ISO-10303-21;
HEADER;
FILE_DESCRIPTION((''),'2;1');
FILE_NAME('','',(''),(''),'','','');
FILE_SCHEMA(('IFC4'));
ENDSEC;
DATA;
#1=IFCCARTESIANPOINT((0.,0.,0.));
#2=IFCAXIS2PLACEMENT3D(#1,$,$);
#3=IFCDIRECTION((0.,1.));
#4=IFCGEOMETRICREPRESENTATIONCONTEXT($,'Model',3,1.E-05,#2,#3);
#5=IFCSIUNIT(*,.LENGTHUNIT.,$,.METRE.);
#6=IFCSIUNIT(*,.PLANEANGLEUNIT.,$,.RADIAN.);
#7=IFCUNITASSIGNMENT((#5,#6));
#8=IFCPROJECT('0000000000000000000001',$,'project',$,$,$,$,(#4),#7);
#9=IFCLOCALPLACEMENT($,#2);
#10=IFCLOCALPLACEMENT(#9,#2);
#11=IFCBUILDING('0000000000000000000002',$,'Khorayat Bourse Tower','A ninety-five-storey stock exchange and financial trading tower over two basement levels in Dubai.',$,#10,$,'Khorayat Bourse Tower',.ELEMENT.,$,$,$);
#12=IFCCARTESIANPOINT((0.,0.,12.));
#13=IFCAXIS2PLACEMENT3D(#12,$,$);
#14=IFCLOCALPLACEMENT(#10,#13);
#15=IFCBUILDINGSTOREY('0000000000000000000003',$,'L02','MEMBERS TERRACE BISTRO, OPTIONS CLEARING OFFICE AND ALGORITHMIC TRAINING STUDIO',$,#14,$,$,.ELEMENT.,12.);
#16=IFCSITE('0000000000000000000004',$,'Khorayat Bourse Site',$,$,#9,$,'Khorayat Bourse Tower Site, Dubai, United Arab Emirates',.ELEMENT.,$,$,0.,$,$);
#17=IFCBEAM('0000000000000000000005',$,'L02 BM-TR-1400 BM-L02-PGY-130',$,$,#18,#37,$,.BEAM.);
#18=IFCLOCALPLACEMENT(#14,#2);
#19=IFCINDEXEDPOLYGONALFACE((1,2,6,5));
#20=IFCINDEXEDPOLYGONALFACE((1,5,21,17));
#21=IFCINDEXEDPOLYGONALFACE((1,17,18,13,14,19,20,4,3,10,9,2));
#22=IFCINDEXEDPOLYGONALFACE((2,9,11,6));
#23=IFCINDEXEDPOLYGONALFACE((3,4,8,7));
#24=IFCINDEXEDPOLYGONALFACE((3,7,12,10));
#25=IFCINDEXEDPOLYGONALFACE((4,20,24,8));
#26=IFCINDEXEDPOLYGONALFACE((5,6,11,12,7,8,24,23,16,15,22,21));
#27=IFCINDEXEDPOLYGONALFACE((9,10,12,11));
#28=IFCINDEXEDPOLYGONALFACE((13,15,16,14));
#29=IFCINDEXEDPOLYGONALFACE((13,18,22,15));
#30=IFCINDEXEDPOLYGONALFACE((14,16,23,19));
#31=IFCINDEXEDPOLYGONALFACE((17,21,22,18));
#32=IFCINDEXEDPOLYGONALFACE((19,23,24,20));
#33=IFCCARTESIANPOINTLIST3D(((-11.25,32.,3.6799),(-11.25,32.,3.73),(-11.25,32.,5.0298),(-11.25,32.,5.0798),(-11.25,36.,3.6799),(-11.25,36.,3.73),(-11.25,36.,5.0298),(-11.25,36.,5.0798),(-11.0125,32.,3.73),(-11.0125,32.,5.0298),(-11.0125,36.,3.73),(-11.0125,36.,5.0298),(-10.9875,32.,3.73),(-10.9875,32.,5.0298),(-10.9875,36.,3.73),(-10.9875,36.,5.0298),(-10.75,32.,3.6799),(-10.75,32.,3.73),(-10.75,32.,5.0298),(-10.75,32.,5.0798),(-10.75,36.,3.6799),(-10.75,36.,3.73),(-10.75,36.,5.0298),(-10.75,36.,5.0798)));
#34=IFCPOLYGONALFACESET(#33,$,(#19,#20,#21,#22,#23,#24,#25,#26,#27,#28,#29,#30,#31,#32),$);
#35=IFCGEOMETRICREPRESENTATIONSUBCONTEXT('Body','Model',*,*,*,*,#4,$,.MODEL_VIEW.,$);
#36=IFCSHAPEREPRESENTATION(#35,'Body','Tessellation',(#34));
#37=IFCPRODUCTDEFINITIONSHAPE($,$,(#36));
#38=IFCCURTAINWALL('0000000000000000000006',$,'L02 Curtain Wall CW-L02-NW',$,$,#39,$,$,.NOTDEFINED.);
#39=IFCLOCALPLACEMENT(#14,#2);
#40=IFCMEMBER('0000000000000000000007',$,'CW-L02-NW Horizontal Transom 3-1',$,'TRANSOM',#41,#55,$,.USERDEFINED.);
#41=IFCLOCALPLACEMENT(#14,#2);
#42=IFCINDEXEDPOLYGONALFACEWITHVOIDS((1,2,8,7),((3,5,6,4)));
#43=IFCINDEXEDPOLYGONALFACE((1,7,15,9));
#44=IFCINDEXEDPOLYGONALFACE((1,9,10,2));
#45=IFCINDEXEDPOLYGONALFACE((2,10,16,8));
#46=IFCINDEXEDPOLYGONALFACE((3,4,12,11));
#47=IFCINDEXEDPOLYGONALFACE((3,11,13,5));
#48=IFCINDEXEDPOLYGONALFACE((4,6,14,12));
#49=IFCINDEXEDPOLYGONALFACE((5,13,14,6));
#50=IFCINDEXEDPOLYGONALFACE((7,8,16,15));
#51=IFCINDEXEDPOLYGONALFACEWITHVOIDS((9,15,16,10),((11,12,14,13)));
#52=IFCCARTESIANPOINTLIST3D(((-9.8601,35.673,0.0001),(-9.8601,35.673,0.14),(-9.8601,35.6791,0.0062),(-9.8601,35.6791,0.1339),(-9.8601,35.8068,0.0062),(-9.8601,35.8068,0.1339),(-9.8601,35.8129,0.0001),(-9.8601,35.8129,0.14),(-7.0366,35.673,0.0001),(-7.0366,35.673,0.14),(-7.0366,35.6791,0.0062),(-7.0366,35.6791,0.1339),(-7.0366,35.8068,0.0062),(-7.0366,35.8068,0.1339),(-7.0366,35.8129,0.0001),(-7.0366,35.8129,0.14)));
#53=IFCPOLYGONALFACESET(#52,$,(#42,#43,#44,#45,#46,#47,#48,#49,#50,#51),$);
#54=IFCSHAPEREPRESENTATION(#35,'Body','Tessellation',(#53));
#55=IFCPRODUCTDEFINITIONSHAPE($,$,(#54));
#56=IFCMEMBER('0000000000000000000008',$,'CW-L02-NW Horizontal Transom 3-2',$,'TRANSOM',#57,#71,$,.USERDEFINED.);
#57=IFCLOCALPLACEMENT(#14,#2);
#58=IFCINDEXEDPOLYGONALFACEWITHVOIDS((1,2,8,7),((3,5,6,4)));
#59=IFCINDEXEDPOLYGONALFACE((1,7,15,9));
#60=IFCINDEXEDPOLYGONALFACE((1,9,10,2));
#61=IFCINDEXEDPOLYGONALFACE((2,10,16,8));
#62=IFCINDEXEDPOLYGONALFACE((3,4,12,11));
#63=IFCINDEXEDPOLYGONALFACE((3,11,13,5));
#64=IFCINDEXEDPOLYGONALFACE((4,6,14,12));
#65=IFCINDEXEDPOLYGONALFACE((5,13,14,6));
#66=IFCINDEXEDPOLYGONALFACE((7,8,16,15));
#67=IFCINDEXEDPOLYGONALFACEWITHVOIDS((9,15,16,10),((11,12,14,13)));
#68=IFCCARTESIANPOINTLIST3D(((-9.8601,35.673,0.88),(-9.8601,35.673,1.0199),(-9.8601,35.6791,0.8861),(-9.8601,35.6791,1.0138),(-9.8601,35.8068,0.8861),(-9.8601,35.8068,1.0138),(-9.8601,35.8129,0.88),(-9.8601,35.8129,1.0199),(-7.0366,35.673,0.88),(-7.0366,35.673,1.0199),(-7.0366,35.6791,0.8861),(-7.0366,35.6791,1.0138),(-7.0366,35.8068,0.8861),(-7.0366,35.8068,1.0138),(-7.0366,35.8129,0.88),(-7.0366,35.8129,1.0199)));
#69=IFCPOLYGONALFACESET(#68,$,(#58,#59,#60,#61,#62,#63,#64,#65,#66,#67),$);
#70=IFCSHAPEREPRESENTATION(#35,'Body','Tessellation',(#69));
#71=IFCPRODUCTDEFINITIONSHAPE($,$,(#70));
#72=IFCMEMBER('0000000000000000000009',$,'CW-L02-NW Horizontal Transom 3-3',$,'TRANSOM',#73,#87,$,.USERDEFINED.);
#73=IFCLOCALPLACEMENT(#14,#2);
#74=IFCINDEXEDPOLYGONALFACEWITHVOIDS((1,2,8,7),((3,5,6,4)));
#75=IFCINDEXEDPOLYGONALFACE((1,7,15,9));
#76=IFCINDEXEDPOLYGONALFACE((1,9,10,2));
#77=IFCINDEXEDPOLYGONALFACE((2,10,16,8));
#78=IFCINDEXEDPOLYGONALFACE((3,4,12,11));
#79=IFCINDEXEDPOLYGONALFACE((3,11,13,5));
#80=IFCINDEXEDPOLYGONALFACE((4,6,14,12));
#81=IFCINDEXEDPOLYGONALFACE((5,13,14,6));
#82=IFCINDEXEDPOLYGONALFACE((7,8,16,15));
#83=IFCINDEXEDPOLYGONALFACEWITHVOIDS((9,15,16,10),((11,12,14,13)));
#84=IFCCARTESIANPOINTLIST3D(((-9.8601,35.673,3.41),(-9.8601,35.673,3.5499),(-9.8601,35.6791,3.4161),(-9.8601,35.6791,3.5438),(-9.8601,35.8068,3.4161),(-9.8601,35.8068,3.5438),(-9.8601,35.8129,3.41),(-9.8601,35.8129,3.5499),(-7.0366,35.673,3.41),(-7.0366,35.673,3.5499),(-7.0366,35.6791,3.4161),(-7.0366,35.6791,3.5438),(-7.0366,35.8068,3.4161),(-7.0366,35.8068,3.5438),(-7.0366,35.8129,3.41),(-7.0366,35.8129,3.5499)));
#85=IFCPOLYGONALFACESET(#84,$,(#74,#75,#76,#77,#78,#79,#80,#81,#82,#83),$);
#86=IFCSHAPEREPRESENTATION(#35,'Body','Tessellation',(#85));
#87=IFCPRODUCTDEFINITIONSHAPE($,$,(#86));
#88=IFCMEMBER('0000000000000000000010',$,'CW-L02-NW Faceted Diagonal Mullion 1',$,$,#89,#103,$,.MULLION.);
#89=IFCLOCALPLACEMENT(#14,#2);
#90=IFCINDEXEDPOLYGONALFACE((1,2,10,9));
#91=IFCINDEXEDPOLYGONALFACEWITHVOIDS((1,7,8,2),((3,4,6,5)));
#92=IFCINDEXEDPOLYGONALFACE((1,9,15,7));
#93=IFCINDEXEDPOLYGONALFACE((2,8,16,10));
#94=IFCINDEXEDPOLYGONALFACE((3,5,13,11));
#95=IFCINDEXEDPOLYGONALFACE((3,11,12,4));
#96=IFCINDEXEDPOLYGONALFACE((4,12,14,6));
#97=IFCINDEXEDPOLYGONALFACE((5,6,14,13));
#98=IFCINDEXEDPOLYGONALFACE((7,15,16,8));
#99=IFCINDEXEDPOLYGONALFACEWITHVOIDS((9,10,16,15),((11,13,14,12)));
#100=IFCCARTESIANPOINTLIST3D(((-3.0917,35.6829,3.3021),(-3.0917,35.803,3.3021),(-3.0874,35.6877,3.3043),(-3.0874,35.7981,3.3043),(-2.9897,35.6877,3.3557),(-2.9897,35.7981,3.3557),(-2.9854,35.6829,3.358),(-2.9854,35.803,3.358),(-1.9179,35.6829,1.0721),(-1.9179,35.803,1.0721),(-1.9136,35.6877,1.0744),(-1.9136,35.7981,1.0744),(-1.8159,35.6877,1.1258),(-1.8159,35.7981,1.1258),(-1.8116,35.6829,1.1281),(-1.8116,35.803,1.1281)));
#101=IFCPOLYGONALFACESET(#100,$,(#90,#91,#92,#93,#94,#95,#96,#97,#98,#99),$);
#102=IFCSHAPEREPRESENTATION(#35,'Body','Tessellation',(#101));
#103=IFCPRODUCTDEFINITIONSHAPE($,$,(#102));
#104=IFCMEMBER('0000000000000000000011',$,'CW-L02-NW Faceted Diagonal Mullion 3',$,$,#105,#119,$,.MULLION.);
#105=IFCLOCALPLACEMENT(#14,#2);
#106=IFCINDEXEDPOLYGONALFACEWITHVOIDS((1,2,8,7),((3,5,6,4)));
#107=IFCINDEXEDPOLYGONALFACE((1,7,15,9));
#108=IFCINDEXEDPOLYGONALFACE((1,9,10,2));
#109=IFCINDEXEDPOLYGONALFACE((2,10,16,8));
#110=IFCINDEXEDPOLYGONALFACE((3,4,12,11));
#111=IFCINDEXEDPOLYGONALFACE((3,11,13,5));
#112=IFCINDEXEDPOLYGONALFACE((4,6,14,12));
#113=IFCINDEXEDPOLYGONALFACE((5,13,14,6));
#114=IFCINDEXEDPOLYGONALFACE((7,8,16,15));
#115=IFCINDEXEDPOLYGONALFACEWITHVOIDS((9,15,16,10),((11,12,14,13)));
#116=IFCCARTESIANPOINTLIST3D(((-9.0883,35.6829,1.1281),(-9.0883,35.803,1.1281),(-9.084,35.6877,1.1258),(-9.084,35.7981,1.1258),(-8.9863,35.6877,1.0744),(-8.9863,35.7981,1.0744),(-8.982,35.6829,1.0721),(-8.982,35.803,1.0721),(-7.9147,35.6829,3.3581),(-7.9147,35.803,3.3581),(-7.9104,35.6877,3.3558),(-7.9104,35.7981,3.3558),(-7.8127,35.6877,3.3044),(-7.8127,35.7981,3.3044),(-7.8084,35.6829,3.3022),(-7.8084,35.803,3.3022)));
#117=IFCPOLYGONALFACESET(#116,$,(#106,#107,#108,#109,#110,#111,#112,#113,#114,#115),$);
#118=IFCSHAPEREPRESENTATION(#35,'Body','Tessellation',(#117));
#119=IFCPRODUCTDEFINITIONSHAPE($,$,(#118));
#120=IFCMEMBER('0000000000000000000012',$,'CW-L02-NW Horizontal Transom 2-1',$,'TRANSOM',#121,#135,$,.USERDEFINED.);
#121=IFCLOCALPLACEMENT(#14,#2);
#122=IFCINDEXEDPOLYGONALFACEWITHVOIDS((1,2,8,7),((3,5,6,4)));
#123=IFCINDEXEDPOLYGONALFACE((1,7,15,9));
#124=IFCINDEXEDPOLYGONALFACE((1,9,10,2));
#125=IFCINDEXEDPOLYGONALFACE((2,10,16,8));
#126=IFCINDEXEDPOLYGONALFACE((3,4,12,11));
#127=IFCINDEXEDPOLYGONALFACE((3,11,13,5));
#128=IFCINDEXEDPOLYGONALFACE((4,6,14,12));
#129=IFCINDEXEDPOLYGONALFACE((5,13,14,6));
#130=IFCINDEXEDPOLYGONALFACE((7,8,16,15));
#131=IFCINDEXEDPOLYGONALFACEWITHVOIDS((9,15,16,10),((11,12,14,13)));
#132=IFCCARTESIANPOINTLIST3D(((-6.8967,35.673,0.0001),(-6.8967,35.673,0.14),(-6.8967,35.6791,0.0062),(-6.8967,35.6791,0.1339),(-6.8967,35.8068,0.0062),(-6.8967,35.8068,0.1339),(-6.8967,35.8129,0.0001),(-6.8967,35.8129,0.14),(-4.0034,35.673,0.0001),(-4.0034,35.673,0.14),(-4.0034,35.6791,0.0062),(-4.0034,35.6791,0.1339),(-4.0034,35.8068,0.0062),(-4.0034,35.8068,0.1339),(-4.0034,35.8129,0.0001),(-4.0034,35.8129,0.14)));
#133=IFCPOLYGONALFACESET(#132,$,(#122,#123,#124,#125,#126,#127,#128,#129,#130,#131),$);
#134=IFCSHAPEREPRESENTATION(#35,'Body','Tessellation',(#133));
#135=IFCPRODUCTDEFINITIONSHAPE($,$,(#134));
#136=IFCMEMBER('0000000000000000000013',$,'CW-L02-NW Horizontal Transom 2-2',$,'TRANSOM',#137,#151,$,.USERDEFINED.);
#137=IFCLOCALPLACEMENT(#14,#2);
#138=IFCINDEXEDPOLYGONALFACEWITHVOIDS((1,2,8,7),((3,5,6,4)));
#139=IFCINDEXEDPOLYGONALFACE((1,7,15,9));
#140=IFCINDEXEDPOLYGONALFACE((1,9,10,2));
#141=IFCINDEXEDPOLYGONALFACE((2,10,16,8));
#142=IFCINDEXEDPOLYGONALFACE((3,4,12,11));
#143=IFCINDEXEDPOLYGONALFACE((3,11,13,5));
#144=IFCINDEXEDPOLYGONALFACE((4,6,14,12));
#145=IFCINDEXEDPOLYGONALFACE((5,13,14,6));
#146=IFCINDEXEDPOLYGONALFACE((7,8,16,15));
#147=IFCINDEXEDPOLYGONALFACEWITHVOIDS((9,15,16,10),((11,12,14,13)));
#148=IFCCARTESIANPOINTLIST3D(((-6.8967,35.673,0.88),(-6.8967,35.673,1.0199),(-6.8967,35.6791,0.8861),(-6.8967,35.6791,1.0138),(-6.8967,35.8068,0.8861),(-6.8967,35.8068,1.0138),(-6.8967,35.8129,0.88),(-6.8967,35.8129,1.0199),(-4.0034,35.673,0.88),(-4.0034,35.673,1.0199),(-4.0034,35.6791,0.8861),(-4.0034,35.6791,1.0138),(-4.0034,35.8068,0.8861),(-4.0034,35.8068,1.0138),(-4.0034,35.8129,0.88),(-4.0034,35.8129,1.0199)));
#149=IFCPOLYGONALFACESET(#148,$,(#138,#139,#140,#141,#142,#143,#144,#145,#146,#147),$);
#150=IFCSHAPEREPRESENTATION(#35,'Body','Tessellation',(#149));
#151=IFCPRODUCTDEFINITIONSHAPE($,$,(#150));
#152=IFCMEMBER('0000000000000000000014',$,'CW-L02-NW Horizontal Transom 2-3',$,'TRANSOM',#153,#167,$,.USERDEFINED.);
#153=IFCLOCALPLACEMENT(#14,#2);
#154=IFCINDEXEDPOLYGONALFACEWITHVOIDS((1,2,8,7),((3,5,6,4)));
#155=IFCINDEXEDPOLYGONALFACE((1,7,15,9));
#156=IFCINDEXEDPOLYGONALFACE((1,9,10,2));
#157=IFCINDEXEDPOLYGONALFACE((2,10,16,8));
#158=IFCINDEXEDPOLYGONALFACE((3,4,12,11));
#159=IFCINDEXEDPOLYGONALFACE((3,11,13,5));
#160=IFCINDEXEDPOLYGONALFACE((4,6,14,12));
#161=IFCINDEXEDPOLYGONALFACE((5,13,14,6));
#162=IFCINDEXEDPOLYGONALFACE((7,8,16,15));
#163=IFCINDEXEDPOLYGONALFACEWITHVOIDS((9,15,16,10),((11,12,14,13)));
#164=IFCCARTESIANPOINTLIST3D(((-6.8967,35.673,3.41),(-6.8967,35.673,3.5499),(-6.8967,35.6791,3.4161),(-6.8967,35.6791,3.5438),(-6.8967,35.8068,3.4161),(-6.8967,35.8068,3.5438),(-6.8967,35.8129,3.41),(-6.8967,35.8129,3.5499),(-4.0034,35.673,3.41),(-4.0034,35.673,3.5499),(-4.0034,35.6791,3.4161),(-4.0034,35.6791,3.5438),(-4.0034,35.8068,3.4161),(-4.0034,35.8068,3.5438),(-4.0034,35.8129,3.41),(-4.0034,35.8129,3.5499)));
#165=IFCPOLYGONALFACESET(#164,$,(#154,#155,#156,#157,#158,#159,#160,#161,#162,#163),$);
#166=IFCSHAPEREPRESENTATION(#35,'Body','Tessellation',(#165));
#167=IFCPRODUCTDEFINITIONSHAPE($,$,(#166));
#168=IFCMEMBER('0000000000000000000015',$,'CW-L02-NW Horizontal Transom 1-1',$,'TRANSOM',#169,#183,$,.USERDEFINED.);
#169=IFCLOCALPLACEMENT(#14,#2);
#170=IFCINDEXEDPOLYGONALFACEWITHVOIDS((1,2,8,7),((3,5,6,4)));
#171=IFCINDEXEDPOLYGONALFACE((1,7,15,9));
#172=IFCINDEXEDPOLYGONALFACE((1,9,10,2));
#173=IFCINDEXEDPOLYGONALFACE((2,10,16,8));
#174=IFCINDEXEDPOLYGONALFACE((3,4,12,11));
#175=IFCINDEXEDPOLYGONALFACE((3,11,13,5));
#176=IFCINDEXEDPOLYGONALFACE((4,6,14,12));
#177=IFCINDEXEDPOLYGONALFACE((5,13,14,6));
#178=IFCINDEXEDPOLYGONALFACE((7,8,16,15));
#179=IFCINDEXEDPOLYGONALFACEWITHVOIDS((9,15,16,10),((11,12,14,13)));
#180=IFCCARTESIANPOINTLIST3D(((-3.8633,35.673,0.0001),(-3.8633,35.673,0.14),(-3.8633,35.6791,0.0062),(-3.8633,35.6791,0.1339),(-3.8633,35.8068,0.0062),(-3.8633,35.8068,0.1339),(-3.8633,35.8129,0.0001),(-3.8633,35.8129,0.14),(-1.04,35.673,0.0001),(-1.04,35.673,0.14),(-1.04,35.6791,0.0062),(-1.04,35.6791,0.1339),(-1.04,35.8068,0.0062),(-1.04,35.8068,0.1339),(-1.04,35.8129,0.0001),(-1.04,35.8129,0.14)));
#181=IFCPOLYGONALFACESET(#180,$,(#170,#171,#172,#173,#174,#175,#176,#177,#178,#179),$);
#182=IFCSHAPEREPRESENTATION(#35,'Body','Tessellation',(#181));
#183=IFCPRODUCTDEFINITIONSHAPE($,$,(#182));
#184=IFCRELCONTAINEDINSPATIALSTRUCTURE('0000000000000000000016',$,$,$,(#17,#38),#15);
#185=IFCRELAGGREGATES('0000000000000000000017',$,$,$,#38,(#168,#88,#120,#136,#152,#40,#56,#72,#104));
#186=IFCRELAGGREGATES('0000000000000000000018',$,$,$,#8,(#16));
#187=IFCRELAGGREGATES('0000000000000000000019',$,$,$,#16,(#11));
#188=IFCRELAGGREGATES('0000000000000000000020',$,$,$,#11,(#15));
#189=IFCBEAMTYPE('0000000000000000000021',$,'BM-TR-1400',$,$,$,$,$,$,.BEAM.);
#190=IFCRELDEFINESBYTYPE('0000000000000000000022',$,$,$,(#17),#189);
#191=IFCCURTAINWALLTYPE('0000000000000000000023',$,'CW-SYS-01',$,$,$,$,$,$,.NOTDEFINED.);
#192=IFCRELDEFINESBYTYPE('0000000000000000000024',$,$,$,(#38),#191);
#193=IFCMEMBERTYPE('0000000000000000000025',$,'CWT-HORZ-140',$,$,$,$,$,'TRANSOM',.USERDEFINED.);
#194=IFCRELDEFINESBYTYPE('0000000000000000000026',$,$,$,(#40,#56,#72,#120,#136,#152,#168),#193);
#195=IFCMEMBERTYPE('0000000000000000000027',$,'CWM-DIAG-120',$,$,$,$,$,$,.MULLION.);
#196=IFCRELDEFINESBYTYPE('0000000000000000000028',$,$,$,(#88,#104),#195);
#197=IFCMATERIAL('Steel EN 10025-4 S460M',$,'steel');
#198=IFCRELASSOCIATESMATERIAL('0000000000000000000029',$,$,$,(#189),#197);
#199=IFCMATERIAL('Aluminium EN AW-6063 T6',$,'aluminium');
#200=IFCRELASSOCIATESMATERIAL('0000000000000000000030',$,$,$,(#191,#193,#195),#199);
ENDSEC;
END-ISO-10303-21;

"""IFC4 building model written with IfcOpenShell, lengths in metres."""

from ifc_helpers import new_model, si_unit, direction, frame, origin, origin_2d, place, context, subcontext, project, spatial, hollow_rectangle, i_section, extrude, source, transform, mapped, material, material_profile, profile_set, type_object, element, aggregate, save


model = new_model("IFC4")

# Units and contexts
model_context = context("Model", 3, precision=1e-05, world=origin(), true_north=direction((0.0, 1.0)))
body_context = subcontext(model_context, "Body", "Model", "MODEL_VIEW")
ifc_project = project(units=[si_unit("LENGTHUNIT", "METRE"), si_unit("PLANEANGLEUNIT", "RADIAN")], contexts=[model_context])

# Site, building, storey
site_placement = place(None, origin())
site = spatial("IfcSite", under=ifc_project, at=site_placement, Name="Khorayat Bourse Site", LongName="Khorayat Bourse Tower Site, Dubai, United Arab Emirates", CompositionType="ELEMENT", RefElevation=0.0)
building_placement = place(site_placement, origin())
building = spatial("IfcBuilding", under=site, at=building_placement, Name="Khorayat Bourse Tower", Description="A ninety-five-storey stock exchange and financial trading tower over two basement levels in Dubai.", LongName="Khorayat Bourse Tower", CompositionType="ELEMENT")
storey_placement = place(building_placement, frame((0.0, 0.0, 12.0)))
storey = spatial("IfcBuildingStorey", under=building, at=storey_placement, Name="L02", Description="MEMBERS TERRACE BISTRO, OPTIONS CLEARING OFFICE AND ALGORITHMIC TRAINING STUDIO", CompositionType="ELEMENT", Elevation=12.0)

# Beam
ifc_material_1 = material(Name="Steel EN 10025-4 S460M", Category="steel")
ifc_material_profile_1 = material_profile(ifc_material_1, i_section(OverallWidth=0.5, OverallDepth=1.3999, WebThickness=0.0249, FlangeThickness=0.05, at=origin_2d()), Name="PG 1400x500x25x50")
ifc_profile_set_1 = profile_set([ifc_material_profile_1], Name="Steel EN 10025-4 S460M")
beam_type_1 = type_object("IfcBeamType", Name="BM-TR-1400", PredefinedType="BEAM", material=ifc_profile_set_1)
shared_shape_1 = source(origin(), body_context, "Body", "SweptSolid", [
    extrude(i_section(OverallWidth=0.5, OverallDepth=1.3999, WebThickness=0.0249, FlangeThickness=0.05, at=origin_2d()), origin(), (0.0, 0.0, 1.0), 4.0),
])
for number, where, z_axis, x_axis, name in (
    (1, (-11.0, 32.0, 4.3799), (0.0, 1.0, 0.0), (-1.0, 0.0, 0.0), "L02 BM-TR-1400 BM-L02-PGY-130"),
):
    element("IfcBeam", number, at=place(storey_placement, frame(where, z_axis=z_axis, x_axis=x_axis)), inside=storey, type_object=beam_type_1, Name=name, PredefinedType="BEAM", context=body_context, shape_type="MappedRepresentation", body=[
        mapped(shared_shape_1, transform((0.0, 0.0, 0.0), scale=1.0)),
    ])

# Curtain wall, members
ifc_material_2 = material(Name="Aluminium EN AW-6063 T6", Category="aluminium")
curtain_wall_type = type_object("IfcCurtainWallType", Name="CW-SYS-01", PredefinedType="NOTDEFINED", material=ifc_material_2)
curtain_wall_placement = place(storey_placement, origin())
curtain_wall = element("IfcCurtainWall", 2, at=curtain_wall_placement, inside=storey, type_object=curtain_wall_type, Name="L02 Curtain Wall CW-L02-NW", PredefinedType="NOTDEFINED")
ifc_material_profile_2 = material_profile(ifc_material_2, hollow_rectangle(XDim=0.1399, YDim=0.1399, WallThickness=0.0061, at=origin_2d()), Name="ALU 140x140x6")
ifc_profile_set_2 = profile_set([ifc_material_profile_2], Name="Aluminium EN AW-6063 T6")
member_type_1 = type_object("IfcMemberType", Name="CWT-HORZ-140", ElementType="TRANSOM", PredefinedType="USERDEFINED", material=ifc_profile_set_2)
shared_shape_2 = source(origin(), body_context, "Body", "SweptSolid", [
    extrude(hollow_rectangle(XDim=0.1399, YDim=0.1399, WallThickness=0.0061, at=origin_2d()), origin(), (0.0, 0.0, 1.0), 2.8235),
])
member_1_placement = place(storey_placement, frame((-7.0366, 35.7429, 0.0701), z_axis=(-1.0, 0.0, 0.0), x_axis=(0.0, -1.0, 0.0)))
member_1 = element("IfcMember", 3, at=member_1_placement, type_object=member_type_1, Name="CW-L02-NW Horizontal Transom 3-1", ObjectType="TRANSOM", PredefinedType="USERDEFINED", context=body_context, shape_type="MappedRepresentation", body=[
    mapped(shared_shape_2, transform((0.0, 0.0, 0.0), scale=1.0)),
])
member_2_placement = place(storey_placement, frame((-7.0366, 35.7429, 0.95), z_axis=(-1.0, 0.0, 0.0), x_axis=(0.0, -1.0, 0.0)))
member_2 = element("IfcMember", 4, at=member_2_placement, type_object=member_type_1, Name="CW-L02-NW Horizontal Transom 3-2", ObjectType="TRANSOM", PredefinedType="USERDEFINED", context=body_context, shape_type="MappedRepresentation", body=[
    mapped(shared_shape_2, transform((0.0, 0.0, 0.0), scale=1.0)),
])
member_3_placement = place(storey_placement, frame((-7.0366, 35.7429, 3.48), z_axis=(-1.0, 0.0, 0.0), x_axis=(0.0, -1.0, 0.0)))
member_3 = element("IfcMember", 5, at=member_3_placement, type_object=member_type_1, Name="CW-L02-NW Horizontal Transom 3-3", ObjectType="TRANSOM", PredefinedType="USERDEFINED", context=body_context, shape_type="MappedRepresentation", body=[
    mapped(shared_shape_2, transform((0.0, 0.0, 0.0), scale=1.0)),
])
ifc_material_profile_3 = material_profile(ifc_material_2, hollow_rectangle(XDim=0.1201, YDim=0.1201, WallThickness=0.0049, at=origin_2d()), Name="ALU 120x120x5")
ifc_profile_set_3 = profile_set([ifc_material_profile_3], Name="Aluminium EN AW-6063 T6")
member_type_2 = type_object("IfcMemberType", Name="CWM-DIAG-120", PredefinedType="MULLION", material=ifc_profile_set_3)
shared_shape_3 = source(origin(), body_context, "Body", "SweptSolid", [
    extrude(hollow_rectangle(XDim=0.1201, YDim=0.1201, WallThickness=0.0049, at=origin_2d()), origin(), (0.0, 0.0, 1.0), 2.52),
])
member_4_placement = place(storey_placement, frame((-1.8647, 35.7429, 1.1001), z_axis=(-0.465794, 0.0, 0.884893), x_axis=(0.0, -1.0, 0.0)))
member_4 = element("IfcMember", 6, at=member_4_placement, type_object=member_type_2, Name="CW-L02-NW Faceted Diagonal Mullion 1", PredefinedType="MULLION", context=body_context, shape_type="MappedRepresentation", body=[
    mapped(shared_shape_3, transform((0.0, 0.0, 0.0), scale=1.0)),
])
member_5_placement = place(storey_placement, frame((-9.0352, 35.7429, 1.1001), z_axis=(0.465718, 0.0, 0.884933), x_axis=(0.0, 1.0, 0.0)))
member_5 = element("IfcMember", 7, at=member_5_placement, type_object=member_type_2, Name="CW-L02-NW Faceted Diagonal Mullion 3", PredefinedType="MULLION", context=body_context, shape_type="MappedRepresentation", body=[
    mapped(shared_shape_3, transform((0.0, 0.0, 0.0), scale=1.0)),
])
shared_shape_4 = source(origin(), body_context, "Body", "SweptSolid", [
    extrude(hollow_rectangle(XDim=0.1399, YDim=0.1399, WallThickness=0.0061, at=origin_2d()), origin(), (0.0, 0.0, 1.0), 2.8933),
])
member_6_placement = place(storey_placement, frame((-4.0034, 35.7429, 0.0701), z_axis=(-1.0, 0.0, 0.0), x_axis=(0.0, -1.0, 0.0)))
member_6 = element("IfcMember", 8, at=member_6_placement, type_object=member_type_1, Name="CW-L02-NW Horizontal Transom 2-1", ObjectType="TRANSOM", PredefinedType="USERDEFINED", context=body_context, shape_type="MappedRepresentation", body=[
    mapped(shared_shape_4, transform((0.0, 0.0, 0.0), scale=1.0)),
])
member_7_placement = place(storey_placement, frame((-4.0034, 35.7429, 0.95), z_axis=(-1.0, 0.0, 0.0), x_axis=(0.0, -1.0, 0.0)))
member_7 = element("IfcMember", 9, at=member_7_placement, type_object=member_type_1, Name="CW-L02-NW Horizontal Transom 2-2", ObjectType="TRANSOM", PredefinedType="USERDEFINED", context=body_context, shape_type="MappedRepresentation", body=[
    mapped(shared_shape_4, transform((0.0, 0.0, 0.0), scale=1.0)),
])
member_8_placement = place(storey_placement, frame((-4.0034, 35.7429, 3.48), z_axis=(-1.0, 0.0, 0.0), x_axis=(0.0, -1.0, 0.0)))
member_8 = element("IfcMember", 10, at=member_8_placement, type_object=member_type_1, Name="CW-L02-NW Horizontal Transom 2-3", ObjectType="TRANSOM", PredefinedType="USERDEFINED", context=body_context, shape_type="MappedRepresentation", body=[
    mapped(shared_shape_4, transform((0.0, 0.0, 0.0), scale=1.0)),
])
shared_shape_5 = source(origin(), body_context, "Body", "SweptSolid", [
    extrude(hollow_rectangle(XDim=0.1399, YDim=0.1399, WallThickness=0.0061, at=origin_2d()), origin(), (0.0, 0.0, 1.0), 2.8232),
])
member_9_placement = place(storey_placement, frame((-1.04, 35.7429, 0.0701), z_axis=(-1.0, 0.0, 0.0), x_axis=(0.0, -1.0, 0.0)))
member_9 = element("IfcMember", 11, at=member_9_placement, type_object=member_type_1, Name="CW-L02-NW Horizontal Transom 1-1", ObjectType="TRANSOM", PredefinedType="USERDEFINED", context=body_context, shape_type="MappedRepresentation", body=[
    mapped(shared_shape_5, transform((0.0, 0.0, 0.0), scale=1.0)),
])
aggregate(curtain_wall, [member_9, member_4, member_6, member_7, member_8, member_1, member_2, member_3, member_5])

save(model, "model.ifc")
